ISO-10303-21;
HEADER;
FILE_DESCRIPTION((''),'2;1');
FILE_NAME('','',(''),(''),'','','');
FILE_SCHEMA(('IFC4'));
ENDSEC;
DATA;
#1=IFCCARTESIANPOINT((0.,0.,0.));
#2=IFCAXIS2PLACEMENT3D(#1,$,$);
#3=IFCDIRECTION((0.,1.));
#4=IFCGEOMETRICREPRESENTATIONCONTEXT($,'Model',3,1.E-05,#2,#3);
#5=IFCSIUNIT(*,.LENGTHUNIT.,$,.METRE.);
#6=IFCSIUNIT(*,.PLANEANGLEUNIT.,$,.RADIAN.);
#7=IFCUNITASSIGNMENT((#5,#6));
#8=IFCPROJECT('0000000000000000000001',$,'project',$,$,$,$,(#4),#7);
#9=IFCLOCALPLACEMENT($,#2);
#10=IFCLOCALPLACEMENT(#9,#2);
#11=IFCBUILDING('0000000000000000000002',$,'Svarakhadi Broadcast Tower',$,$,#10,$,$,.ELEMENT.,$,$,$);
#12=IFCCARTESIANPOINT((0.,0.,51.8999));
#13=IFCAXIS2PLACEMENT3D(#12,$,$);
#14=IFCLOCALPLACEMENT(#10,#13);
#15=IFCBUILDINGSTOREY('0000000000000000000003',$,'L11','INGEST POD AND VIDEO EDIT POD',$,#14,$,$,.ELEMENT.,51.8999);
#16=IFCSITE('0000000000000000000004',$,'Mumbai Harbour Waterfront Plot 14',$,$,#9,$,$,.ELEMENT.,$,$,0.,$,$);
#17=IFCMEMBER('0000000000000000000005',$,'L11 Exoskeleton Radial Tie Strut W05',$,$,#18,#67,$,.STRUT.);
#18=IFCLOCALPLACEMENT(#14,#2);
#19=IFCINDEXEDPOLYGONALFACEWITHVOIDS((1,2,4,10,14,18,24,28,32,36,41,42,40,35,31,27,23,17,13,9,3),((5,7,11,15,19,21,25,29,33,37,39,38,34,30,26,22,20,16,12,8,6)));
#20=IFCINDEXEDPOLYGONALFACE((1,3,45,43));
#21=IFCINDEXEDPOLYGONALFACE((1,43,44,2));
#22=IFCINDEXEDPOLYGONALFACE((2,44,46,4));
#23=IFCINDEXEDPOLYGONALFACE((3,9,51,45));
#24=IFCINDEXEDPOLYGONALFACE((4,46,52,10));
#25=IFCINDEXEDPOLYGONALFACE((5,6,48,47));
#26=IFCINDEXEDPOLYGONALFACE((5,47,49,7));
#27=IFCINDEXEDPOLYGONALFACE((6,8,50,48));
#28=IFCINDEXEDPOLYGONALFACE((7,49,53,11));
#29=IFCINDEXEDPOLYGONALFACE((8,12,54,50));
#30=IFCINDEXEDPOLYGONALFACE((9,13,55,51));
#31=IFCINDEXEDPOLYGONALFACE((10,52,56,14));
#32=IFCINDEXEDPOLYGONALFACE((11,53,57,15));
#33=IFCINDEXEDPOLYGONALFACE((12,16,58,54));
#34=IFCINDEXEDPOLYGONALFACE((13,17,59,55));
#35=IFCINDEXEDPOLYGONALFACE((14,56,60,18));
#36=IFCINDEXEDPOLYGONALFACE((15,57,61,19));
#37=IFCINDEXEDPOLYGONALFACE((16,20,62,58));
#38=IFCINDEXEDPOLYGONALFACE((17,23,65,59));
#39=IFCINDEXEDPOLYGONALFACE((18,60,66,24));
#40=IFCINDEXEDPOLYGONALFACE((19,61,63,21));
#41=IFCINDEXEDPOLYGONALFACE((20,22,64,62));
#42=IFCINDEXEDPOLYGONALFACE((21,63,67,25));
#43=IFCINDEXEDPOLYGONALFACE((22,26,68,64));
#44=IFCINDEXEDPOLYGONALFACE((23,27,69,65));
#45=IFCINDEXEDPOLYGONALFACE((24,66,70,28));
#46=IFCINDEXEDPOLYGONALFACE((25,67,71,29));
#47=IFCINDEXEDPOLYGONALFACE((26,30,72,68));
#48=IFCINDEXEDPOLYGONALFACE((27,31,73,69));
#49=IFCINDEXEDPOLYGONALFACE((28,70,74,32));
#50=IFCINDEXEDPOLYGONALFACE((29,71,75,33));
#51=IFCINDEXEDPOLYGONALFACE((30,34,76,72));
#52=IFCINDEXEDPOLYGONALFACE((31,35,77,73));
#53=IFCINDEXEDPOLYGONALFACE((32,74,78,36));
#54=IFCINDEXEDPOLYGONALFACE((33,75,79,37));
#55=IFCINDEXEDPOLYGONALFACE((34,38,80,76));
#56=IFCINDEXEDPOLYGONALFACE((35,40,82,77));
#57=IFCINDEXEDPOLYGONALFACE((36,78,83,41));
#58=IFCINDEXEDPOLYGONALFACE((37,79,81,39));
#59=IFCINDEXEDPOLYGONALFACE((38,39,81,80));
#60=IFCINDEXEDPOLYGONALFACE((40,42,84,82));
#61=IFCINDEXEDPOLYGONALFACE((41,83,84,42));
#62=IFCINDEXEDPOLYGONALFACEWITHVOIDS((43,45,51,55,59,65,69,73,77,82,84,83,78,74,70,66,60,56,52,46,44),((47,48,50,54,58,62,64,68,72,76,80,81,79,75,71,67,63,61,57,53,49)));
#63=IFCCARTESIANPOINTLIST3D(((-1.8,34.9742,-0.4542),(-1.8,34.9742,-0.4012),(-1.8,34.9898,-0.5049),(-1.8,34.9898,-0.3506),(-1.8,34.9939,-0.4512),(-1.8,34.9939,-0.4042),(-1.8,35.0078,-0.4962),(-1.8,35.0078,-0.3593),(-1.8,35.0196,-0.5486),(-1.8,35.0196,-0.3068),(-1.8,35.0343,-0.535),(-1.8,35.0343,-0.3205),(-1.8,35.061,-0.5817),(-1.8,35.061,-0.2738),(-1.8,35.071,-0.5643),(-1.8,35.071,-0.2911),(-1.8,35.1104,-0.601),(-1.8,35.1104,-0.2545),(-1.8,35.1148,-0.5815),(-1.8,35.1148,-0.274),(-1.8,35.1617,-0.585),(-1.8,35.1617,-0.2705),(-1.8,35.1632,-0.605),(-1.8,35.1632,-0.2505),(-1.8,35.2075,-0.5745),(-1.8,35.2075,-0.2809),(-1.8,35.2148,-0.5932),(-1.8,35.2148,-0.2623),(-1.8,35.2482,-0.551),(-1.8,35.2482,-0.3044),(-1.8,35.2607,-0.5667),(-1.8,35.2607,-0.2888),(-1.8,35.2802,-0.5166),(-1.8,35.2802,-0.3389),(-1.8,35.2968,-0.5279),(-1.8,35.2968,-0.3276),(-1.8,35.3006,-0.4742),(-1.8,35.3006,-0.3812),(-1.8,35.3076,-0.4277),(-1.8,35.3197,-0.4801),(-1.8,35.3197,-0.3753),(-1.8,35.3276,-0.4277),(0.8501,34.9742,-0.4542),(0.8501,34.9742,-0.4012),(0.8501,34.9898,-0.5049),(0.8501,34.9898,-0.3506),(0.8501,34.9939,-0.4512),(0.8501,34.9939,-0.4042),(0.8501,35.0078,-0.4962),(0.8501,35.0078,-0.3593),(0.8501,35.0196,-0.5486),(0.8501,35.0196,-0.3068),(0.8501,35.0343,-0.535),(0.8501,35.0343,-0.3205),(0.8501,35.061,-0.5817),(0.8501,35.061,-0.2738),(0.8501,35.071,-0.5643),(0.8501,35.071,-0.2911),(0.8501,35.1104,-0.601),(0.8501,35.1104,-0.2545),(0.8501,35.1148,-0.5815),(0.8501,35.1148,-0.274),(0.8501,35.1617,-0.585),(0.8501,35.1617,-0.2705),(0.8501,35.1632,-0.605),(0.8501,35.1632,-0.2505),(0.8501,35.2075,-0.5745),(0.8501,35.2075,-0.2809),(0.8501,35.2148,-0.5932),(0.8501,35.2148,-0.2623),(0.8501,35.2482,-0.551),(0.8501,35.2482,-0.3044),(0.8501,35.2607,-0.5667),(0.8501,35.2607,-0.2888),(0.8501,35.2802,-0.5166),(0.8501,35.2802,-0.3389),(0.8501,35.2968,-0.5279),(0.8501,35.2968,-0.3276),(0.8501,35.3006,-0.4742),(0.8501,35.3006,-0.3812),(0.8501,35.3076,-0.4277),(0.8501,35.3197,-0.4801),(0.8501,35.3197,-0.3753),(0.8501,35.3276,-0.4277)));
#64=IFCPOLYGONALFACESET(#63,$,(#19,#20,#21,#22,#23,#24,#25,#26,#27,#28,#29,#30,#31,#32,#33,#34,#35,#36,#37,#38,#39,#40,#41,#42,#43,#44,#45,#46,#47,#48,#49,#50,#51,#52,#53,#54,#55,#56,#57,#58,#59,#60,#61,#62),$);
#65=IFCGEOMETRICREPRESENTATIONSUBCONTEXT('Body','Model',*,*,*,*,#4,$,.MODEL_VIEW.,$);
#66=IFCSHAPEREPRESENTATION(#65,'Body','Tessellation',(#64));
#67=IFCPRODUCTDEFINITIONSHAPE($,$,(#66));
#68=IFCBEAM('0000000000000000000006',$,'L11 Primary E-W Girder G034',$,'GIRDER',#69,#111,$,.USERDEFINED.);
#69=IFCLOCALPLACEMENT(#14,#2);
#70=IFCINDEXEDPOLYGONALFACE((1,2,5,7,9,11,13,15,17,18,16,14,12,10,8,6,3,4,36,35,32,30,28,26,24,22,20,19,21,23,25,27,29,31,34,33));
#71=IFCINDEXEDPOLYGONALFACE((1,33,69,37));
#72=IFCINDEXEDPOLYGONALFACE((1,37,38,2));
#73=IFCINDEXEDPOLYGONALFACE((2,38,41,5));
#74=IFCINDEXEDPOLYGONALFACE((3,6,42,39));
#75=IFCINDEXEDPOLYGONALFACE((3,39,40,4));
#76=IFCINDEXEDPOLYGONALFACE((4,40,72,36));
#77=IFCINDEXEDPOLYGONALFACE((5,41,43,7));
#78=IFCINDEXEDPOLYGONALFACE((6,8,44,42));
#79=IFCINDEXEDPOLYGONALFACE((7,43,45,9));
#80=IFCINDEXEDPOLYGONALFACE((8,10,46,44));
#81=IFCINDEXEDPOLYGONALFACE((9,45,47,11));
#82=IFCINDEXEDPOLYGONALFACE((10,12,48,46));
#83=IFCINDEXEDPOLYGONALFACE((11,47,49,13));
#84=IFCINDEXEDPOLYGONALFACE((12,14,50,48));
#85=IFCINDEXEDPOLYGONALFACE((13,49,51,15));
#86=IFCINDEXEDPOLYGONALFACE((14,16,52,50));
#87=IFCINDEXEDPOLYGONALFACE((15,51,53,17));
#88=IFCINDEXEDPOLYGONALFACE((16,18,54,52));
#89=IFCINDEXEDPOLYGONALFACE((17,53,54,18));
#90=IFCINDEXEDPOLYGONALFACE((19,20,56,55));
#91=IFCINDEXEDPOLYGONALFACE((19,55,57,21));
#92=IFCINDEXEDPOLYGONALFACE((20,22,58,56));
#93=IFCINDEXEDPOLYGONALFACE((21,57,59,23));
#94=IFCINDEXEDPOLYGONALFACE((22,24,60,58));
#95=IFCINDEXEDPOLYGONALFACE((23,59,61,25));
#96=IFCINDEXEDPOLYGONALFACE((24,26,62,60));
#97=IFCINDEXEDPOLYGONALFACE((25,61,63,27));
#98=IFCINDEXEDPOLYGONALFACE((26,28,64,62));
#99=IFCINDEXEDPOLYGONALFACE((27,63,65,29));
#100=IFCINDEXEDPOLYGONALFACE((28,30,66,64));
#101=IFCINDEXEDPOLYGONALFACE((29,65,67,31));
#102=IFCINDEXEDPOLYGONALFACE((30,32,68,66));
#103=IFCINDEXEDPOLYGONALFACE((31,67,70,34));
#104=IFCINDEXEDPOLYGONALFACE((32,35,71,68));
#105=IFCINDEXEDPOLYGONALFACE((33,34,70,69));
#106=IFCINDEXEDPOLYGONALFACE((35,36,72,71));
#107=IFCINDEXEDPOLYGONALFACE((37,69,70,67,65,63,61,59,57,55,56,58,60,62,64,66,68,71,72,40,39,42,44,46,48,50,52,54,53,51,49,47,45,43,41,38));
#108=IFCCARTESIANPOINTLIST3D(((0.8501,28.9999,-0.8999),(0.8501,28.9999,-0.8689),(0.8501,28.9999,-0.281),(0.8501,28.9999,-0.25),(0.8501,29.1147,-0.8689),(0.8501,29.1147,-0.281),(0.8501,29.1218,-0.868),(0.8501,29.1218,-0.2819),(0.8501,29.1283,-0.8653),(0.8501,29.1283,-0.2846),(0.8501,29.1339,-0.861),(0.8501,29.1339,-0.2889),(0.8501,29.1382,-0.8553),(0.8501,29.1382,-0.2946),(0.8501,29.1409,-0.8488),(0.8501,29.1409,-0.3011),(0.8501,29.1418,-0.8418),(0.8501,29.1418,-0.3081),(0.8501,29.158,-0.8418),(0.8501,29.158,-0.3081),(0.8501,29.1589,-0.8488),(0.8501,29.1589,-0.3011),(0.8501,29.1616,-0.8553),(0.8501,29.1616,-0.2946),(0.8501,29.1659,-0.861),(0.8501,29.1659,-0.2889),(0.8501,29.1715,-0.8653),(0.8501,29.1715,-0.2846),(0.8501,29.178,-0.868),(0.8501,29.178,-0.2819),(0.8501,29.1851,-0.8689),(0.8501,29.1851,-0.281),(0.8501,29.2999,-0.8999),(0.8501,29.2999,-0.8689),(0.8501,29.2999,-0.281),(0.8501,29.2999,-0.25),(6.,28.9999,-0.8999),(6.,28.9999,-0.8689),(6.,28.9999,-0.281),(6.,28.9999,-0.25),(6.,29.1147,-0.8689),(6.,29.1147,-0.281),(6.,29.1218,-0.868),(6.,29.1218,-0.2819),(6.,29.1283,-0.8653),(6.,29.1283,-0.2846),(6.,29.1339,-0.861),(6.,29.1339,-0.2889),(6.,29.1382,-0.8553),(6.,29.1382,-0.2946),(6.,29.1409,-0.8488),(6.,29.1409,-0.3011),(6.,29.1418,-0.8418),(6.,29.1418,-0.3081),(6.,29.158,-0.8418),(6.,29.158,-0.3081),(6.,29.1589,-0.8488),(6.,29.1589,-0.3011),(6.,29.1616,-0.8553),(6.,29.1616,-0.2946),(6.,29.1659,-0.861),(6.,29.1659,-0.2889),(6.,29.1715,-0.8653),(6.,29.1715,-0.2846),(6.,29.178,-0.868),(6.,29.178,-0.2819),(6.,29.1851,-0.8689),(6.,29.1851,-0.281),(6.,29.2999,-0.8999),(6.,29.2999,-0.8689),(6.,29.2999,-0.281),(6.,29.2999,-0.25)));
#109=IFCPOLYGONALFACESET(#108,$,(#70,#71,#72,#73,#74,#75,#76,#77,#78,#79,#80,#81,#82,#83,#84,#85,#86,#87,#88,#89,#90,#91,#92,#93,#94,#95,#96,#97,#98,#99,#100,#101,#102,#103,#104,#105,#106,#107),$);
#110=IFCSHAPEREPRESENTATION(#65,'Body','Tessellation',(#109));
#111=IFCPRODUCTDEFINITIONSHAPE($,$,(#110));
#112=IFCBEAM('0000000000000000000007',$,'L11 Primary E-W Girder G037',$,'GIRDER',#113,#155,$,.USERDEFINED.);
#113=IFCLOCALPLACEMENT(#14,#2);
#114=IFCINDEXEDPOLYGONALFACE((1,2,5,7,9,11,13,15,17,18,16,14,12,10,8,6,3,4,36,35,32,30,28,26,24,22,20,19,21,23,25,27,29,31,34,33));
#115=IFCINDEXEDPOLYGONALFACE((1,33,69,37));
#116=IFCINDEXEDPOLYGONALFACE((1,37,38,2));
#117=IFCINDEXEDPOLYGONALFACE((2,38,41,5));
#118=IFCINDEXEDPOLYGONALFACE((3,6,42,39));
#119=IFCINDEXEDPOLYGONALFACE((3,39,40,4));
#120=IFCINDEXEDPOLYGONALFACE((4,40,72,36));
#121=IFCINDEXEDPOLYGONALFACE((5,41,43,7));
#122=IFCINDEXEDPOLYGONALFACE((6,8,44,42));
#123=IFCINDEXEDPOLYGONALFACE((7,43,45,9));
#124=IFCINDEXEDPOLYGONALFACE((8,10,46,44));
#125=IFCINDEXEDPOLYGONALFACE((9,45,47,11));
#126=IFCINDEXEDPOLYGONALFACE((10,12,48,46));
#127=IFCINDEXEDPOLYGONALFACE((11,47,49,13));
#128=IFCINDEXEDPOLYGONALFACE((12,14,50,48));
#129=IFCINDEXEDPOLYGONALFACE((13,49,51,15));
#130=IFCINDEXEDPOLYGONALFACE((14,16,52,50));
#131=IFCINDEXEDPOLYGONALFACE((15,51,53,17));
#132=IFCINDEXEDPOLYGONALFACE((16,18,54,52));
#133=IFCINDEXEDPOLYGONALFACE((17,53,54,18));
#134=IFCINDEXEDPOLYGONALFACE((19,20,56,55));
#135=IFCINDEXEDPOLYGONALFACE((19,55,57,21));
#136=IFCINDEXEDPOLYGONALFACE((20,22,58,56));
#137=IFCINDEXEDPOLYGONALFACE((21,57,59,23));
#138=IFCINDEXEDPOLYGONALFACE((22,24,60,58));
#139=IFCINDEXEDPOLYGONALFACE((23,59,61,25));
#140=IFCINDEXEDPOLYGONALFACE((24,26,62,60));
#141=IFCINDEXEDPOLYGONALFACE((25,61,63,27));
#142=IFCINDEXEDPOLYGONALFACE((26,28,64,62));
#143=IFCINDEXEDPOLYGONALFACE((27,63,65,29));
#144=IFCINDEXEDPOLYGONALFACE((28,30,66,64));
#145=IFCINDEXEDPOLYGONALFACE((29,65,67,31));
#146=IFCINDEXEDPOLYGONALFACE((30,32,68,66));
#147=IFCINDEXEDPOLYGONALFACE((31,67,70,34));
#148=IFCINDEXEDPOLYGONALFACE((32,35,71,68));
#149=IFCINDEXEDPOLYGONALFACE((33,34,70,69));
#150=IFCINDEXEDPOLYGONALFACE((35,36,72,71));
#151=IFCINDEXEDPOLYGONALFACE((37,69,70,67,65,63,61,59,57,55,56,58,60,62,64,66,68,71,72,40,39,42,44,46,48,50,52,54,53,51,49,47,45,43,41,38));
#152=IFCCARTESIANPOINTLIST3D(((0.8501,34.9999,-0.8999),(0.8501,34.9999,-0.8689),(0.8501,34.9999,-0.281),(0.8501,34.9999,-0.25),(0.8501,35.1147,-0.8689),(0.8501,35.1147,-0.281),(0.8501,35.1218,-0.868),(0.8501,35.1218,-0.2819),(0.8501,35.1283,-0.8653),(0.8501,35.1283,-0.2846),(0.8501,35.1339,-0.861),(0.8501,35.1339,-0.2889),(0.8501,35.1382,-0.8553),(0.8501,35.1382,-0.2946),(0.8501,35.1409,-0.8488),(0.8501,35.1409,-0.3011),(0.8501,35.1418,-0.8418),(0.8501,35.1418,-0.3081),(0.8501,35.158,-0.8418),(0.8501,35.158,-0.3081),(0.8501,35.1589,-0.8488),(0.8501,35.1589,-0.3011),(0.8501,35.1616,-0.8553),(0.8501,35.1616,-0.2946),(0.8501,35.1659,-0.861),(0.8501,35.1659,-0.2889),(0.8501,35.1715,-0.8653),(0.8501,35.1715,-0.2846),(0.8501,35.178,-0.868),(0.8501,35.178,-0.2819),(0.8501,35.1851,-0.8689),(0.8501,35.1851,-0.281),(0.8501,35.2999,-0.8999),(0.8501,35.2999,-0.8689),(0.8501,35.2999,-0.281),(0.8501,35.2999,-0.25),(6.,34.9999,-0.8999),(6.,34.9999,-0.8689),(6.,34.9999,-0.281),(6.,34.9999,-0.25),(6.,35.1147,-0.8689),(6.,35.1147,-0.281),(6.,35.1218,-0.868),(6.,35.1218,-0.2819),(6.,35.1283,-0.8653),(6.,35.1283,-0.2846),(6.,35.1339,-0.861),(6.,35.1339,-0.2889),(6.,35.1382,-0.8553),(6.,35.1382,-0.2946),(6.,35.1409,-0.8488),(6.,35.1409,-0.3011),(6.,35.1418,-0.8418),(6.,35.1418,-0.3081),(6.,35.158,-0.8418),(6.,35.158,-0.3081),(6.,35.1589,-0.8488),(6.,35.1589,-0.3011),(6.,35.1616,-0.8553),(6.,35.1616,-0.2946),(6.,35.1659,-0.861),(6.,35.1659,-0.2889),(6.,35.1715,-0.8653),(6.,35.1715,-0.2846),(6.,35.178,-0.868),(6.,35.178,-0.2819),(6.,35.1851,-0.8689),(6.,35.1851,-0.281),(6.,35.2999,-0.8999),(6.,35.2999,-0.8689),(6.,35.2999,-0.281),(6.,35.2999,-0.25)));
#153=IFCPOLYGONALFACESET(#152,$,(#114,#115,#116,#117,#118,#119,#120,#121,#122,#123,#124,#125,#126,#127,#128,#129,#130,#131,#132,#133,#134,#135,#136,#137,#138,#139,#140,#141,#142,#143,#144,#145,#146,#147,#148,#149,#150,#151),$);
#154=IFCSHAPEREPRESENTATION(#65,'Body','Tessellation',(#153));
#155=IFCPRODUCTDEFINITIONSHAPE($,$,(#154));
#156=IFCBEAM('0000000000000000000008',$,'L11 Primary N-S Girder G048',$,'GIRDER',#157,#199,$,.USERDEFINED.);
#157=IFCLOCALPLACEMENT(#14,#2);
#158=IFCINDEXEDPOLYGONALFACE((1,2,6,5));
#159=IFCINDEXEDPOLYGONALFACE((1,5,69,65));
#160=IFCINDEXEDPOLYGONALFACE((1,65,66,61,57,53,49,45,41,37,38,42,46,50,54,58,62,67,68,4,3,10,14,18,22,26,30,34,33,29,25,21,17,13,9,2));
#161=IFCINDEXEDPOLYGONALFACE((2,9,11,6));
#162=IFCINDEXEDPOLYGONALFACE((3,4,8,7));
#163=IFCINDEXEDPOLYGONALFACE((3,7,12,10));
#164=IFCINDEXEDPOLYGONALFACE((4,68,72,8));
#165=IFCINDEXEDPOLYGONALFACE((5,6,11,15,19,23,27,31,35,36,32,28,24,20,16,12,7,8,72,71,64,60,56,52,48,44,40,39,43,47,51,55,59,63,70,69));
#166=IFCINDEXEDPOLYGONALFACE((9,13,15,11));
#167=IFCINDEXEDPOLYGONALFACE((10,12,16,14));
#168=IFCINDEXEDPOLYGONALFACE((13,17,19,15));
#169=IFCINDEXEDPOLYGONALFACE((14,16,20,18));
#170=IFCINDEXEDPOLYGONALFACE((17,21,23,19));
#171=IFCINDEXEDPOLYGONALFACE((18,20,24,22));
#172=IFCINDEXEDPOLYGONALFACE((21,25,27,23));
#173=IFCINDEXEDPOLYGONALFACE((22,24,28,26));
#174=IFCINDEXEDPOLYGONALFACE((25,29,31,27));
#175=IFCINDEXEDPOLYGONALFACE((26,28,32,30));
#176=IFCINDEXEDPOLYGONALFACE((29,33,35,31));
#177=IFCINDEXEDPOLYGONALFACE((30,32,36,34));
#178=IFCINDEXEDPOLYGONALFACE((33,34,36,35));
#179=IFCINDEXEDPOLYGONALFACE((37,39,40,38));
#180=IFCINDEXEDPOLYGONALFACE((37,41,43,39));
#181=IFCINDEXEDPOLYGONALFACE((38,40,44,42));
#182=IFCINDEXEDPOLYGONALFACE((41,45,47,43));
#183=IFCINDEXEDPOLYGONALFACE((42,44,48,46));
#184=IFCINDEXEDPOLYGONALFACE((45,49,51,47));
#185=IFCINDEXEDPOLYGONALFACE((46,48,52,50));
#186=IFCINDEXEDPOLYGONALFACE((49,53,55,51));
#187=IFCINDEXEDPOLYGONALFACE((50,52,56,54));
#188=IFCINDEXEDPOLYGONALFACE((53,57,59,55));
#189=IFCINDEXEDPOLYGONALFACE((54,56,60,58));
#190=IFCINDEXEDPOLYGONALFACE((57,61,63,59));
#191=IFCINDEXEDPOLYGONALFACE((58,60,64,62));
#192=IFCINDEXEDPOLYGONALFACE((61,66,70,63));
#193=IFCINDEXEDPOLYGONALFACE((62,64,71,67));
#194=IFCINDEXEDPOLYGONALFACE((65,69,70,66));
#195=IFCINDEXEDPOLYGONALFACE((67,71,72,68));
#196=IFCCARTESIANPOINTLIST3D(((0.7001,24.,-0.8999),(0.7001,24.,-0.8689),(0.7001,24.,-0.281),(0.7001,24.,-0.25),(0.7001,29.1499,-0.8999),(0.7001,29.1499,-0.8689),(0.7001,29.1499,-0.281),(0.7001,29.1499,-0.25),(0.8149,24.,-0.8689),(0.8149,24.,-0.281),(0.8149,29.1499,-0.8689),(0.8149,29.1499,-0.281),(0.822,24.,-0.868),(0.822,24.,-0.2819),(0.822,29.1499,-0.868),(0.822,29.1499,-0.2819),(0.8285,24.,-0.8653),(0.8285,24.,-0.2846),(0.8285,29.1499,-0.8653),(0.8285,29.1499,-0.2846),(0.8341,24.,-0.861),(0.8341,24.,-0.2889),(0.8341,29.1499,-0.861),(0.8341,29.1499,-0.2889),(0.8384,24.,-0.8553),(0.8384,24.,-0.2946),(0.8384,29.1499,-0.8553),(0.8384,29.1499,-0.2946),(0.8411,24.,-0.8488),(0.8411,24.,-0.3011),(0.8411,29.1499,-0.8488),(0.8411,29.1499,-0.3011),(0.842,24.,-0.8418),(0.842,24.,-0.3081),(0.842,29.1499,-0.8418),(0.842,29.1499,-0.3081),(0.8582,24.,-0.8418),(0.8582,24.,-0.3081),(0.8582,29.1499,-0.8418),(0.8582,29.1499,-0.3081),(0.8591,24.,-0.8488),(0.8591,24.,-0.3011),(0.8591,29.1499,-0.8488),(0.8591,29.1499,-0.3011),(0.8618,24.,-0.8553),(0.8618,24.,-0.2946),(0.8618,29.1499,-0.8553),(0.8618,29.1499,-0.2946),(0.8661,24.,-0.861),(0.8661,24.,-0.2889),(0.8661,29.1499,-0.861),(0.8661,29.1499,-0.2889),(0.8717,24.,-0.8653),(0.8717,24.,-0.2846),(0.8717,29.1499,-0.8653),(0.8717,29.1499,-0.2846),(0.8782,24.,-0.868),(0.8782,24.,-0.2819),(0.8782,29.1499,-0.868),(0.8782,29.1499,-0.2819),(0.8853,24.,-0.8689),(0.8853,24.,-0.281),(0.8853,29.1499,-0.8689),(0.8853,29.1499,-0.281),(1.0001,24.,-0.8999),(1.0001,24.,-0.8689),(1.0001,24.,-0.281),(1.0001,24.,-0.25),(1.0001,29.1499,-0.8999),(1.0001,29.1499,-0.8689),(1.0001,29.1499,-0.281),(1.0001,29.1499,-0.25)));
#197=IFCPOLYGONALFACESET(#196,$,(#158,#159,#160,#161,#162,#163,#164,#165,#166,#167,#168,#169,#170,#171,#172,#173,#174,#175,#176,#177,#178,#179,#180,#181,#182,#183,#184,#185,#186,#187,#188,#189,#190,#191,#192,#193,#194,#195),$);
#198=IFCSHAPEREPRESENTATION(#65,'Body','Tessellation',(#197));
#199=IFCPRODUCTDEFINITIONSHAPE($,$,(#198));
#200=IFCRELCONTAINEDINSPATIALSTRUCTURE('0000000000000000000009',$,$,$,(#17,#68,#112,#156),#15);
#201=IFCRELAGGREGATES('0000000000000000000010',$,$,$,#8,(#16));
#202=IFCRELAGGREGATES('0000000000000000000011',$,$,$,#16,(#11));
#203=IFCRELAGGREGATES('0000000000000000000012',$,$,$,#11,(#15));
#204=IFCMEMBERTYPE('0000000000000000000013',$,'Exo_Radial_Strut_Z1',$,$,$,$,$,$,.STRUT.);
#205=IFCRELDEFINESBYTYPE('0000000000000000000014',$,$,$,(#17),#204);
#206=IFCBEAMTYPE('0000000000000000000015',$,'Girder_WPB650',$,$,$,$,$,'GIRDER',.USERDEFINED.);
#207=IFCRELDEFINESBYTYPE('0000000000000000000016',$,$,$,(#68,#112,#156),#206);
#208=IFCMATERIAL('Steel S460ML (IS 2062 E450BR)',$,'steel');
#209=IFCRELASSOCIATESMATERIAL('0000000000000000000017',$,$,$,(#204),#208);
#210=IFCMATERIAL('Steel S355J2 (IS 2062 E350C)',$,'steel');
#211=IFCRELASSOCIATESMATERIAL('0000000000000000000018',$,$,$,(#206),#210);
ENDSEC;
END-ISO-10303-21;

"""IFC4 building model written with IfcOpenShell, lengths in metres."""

from ifc_helpers import new_model, si_unit, direction, frame, origin, origin_2d, place, context, subcontext, project, spatial, hollow_circle, i_section, extrude, material, material_profile, profile_set, type_object, element, save


model = new_model("IFC4")

# Units and contexts
model_context = context("Model", 3, precision=1e-05, world=origin(), true_north=direction((0.0, 1.0)))
body_context = subcontext(model_context, "Body", "Model", "MODEL_VIEW")
ifc_project = project(units=[si_unit("LENGTHUNIT", "METRE"), si_unit("PLANEANGLEUNIT", "RADIAN")], contexts=[model_context])

# Site, building, storey
site_placement = place(None, origin())
site = spatial("IfcSite", under=ifc_project, at=site_placement, Name="Mumbai Harbour Waterfront Plot 14", CompositionType="ELEMENT", RefElevation=0.0)
building_placement = place(site_placement, origin())
building = spatial("IfcBuilding", under=site, at=building_placement, Name="Svarakhadi Broadcast Tower", CompositionType="ELEMENT")
storey_placement = place(building_placement, frame((0.0, 0.0, 51.8999)))
storey = spatial("IfcBuildingStorey", under=building, at=storey_placement, Name="L11", Description="INGEST POD AND VIDEO EDIT POD", CompositionType="ELEMENT", Elevation=51.8999)

# Shared definitions
ifc_material_1 = material(Name="Steel S460ML (IS 2062 E450BR)", Category="steel")

# Shared definitions
ifc_material_2 = material(Name="Steel S355J2 (IS 2062 E350C)", Category="steel")

# Member
ifc_material_profile_1 = material_profile(ifc_material_1, hollow_circle(Radius=0.1777, WallThickness=0.02, at=origin_2d()), Name="CHS 355.6x20")
ifc_profile_set_1 = profile_set([ifc_material_profile_1], Name="Steel S460ML (IS 2062 E450BR)")
member_type_1 = type_object("IfcMemberType", Name="Exo_Radial_Strut_Z1", PredefinedType="STRUT", material=ifc_profile_set_1)
member_1_placement = place(storey_placement, frame((-1.8, 35.1499, -0.4277), z_axis=(1.0, 0.0, 0.0), x_axis=(0.0, 1.0, 0.0)))
element("IfcMember", 1, at=member_1_placement, inside=storey, type_object=member_type_1, Name="L11 Exoskeleton Radial Tie Strut W05", PredefinedType="STRUT", context=body_context, shape_type="SweptSolid", body=[
    extrude(hollow_circle(Radius=0.1777, WallThickness=0.02, at=origin_2d()), origin(), (0.0, 0.0, 1.0), 2.6501),
])

# Beams
ifc_material_profile_2 = material_profile(ifc_material_2, i_section(OverallWidth=0.3, OverallDepth=0.6499, WebThickness=0.0161, FlangeThickness=0.031, FilletRadius=0.0271, at=origin_2d()), Name="WPB 650x300x225")
ifc_profile_set_2 = profile_set([ifc_material_profile_2], Name="Steel S355J2 (IS 2062 E350C)")
beam_type_1 = type_object("IfcBeamType", Name="Girder_WPB650", ElementType="GIRDER", PredefinedType="USERDEFINED", material=ifc_profile_set_2)
for number, where, z_axis, x_axis, name in (
    (2, (0.8501, 29.1499, -0.575), (1.0, 0.0, 0.0), (0.0, 1.0, 0.0), "L11 Primary E-W Girder G034"),
    (3, (0.8501, 35.1499, -0.575), (1.0, 0.0, 0.0), (0.0, 1.0, 0.0), "L11 Primary E-W Girder G037"),
    (4, (0.8501, 24.0, -0.575), (0.0, 1.0, 0.0), (-1.0, 0.0, 0.0), "L11 Primary N-S Girder G048"),
):
    element("IfcBeam", number, at=place(storey_placement, frame(where, z_axis=z_axis, x_axis=x_axis)), inside=storey, type_object=beam_type_1, Name=name, ObjectType="GIRDER", PredefinedType="USERDEFINED", context=body_context, shape_type="SweptSolid", body=[
        extrude(i_section(OverallWidth=0.3, OverallDepth=0.6499, WebThickness=0.0161, FlangeThickness=0.031, FilletRadius=0.0271, at=origin_2d()), origin(), (0.0, 0.0, 1.0), 5.1499),
    ])

save(model, "model.ifc")
